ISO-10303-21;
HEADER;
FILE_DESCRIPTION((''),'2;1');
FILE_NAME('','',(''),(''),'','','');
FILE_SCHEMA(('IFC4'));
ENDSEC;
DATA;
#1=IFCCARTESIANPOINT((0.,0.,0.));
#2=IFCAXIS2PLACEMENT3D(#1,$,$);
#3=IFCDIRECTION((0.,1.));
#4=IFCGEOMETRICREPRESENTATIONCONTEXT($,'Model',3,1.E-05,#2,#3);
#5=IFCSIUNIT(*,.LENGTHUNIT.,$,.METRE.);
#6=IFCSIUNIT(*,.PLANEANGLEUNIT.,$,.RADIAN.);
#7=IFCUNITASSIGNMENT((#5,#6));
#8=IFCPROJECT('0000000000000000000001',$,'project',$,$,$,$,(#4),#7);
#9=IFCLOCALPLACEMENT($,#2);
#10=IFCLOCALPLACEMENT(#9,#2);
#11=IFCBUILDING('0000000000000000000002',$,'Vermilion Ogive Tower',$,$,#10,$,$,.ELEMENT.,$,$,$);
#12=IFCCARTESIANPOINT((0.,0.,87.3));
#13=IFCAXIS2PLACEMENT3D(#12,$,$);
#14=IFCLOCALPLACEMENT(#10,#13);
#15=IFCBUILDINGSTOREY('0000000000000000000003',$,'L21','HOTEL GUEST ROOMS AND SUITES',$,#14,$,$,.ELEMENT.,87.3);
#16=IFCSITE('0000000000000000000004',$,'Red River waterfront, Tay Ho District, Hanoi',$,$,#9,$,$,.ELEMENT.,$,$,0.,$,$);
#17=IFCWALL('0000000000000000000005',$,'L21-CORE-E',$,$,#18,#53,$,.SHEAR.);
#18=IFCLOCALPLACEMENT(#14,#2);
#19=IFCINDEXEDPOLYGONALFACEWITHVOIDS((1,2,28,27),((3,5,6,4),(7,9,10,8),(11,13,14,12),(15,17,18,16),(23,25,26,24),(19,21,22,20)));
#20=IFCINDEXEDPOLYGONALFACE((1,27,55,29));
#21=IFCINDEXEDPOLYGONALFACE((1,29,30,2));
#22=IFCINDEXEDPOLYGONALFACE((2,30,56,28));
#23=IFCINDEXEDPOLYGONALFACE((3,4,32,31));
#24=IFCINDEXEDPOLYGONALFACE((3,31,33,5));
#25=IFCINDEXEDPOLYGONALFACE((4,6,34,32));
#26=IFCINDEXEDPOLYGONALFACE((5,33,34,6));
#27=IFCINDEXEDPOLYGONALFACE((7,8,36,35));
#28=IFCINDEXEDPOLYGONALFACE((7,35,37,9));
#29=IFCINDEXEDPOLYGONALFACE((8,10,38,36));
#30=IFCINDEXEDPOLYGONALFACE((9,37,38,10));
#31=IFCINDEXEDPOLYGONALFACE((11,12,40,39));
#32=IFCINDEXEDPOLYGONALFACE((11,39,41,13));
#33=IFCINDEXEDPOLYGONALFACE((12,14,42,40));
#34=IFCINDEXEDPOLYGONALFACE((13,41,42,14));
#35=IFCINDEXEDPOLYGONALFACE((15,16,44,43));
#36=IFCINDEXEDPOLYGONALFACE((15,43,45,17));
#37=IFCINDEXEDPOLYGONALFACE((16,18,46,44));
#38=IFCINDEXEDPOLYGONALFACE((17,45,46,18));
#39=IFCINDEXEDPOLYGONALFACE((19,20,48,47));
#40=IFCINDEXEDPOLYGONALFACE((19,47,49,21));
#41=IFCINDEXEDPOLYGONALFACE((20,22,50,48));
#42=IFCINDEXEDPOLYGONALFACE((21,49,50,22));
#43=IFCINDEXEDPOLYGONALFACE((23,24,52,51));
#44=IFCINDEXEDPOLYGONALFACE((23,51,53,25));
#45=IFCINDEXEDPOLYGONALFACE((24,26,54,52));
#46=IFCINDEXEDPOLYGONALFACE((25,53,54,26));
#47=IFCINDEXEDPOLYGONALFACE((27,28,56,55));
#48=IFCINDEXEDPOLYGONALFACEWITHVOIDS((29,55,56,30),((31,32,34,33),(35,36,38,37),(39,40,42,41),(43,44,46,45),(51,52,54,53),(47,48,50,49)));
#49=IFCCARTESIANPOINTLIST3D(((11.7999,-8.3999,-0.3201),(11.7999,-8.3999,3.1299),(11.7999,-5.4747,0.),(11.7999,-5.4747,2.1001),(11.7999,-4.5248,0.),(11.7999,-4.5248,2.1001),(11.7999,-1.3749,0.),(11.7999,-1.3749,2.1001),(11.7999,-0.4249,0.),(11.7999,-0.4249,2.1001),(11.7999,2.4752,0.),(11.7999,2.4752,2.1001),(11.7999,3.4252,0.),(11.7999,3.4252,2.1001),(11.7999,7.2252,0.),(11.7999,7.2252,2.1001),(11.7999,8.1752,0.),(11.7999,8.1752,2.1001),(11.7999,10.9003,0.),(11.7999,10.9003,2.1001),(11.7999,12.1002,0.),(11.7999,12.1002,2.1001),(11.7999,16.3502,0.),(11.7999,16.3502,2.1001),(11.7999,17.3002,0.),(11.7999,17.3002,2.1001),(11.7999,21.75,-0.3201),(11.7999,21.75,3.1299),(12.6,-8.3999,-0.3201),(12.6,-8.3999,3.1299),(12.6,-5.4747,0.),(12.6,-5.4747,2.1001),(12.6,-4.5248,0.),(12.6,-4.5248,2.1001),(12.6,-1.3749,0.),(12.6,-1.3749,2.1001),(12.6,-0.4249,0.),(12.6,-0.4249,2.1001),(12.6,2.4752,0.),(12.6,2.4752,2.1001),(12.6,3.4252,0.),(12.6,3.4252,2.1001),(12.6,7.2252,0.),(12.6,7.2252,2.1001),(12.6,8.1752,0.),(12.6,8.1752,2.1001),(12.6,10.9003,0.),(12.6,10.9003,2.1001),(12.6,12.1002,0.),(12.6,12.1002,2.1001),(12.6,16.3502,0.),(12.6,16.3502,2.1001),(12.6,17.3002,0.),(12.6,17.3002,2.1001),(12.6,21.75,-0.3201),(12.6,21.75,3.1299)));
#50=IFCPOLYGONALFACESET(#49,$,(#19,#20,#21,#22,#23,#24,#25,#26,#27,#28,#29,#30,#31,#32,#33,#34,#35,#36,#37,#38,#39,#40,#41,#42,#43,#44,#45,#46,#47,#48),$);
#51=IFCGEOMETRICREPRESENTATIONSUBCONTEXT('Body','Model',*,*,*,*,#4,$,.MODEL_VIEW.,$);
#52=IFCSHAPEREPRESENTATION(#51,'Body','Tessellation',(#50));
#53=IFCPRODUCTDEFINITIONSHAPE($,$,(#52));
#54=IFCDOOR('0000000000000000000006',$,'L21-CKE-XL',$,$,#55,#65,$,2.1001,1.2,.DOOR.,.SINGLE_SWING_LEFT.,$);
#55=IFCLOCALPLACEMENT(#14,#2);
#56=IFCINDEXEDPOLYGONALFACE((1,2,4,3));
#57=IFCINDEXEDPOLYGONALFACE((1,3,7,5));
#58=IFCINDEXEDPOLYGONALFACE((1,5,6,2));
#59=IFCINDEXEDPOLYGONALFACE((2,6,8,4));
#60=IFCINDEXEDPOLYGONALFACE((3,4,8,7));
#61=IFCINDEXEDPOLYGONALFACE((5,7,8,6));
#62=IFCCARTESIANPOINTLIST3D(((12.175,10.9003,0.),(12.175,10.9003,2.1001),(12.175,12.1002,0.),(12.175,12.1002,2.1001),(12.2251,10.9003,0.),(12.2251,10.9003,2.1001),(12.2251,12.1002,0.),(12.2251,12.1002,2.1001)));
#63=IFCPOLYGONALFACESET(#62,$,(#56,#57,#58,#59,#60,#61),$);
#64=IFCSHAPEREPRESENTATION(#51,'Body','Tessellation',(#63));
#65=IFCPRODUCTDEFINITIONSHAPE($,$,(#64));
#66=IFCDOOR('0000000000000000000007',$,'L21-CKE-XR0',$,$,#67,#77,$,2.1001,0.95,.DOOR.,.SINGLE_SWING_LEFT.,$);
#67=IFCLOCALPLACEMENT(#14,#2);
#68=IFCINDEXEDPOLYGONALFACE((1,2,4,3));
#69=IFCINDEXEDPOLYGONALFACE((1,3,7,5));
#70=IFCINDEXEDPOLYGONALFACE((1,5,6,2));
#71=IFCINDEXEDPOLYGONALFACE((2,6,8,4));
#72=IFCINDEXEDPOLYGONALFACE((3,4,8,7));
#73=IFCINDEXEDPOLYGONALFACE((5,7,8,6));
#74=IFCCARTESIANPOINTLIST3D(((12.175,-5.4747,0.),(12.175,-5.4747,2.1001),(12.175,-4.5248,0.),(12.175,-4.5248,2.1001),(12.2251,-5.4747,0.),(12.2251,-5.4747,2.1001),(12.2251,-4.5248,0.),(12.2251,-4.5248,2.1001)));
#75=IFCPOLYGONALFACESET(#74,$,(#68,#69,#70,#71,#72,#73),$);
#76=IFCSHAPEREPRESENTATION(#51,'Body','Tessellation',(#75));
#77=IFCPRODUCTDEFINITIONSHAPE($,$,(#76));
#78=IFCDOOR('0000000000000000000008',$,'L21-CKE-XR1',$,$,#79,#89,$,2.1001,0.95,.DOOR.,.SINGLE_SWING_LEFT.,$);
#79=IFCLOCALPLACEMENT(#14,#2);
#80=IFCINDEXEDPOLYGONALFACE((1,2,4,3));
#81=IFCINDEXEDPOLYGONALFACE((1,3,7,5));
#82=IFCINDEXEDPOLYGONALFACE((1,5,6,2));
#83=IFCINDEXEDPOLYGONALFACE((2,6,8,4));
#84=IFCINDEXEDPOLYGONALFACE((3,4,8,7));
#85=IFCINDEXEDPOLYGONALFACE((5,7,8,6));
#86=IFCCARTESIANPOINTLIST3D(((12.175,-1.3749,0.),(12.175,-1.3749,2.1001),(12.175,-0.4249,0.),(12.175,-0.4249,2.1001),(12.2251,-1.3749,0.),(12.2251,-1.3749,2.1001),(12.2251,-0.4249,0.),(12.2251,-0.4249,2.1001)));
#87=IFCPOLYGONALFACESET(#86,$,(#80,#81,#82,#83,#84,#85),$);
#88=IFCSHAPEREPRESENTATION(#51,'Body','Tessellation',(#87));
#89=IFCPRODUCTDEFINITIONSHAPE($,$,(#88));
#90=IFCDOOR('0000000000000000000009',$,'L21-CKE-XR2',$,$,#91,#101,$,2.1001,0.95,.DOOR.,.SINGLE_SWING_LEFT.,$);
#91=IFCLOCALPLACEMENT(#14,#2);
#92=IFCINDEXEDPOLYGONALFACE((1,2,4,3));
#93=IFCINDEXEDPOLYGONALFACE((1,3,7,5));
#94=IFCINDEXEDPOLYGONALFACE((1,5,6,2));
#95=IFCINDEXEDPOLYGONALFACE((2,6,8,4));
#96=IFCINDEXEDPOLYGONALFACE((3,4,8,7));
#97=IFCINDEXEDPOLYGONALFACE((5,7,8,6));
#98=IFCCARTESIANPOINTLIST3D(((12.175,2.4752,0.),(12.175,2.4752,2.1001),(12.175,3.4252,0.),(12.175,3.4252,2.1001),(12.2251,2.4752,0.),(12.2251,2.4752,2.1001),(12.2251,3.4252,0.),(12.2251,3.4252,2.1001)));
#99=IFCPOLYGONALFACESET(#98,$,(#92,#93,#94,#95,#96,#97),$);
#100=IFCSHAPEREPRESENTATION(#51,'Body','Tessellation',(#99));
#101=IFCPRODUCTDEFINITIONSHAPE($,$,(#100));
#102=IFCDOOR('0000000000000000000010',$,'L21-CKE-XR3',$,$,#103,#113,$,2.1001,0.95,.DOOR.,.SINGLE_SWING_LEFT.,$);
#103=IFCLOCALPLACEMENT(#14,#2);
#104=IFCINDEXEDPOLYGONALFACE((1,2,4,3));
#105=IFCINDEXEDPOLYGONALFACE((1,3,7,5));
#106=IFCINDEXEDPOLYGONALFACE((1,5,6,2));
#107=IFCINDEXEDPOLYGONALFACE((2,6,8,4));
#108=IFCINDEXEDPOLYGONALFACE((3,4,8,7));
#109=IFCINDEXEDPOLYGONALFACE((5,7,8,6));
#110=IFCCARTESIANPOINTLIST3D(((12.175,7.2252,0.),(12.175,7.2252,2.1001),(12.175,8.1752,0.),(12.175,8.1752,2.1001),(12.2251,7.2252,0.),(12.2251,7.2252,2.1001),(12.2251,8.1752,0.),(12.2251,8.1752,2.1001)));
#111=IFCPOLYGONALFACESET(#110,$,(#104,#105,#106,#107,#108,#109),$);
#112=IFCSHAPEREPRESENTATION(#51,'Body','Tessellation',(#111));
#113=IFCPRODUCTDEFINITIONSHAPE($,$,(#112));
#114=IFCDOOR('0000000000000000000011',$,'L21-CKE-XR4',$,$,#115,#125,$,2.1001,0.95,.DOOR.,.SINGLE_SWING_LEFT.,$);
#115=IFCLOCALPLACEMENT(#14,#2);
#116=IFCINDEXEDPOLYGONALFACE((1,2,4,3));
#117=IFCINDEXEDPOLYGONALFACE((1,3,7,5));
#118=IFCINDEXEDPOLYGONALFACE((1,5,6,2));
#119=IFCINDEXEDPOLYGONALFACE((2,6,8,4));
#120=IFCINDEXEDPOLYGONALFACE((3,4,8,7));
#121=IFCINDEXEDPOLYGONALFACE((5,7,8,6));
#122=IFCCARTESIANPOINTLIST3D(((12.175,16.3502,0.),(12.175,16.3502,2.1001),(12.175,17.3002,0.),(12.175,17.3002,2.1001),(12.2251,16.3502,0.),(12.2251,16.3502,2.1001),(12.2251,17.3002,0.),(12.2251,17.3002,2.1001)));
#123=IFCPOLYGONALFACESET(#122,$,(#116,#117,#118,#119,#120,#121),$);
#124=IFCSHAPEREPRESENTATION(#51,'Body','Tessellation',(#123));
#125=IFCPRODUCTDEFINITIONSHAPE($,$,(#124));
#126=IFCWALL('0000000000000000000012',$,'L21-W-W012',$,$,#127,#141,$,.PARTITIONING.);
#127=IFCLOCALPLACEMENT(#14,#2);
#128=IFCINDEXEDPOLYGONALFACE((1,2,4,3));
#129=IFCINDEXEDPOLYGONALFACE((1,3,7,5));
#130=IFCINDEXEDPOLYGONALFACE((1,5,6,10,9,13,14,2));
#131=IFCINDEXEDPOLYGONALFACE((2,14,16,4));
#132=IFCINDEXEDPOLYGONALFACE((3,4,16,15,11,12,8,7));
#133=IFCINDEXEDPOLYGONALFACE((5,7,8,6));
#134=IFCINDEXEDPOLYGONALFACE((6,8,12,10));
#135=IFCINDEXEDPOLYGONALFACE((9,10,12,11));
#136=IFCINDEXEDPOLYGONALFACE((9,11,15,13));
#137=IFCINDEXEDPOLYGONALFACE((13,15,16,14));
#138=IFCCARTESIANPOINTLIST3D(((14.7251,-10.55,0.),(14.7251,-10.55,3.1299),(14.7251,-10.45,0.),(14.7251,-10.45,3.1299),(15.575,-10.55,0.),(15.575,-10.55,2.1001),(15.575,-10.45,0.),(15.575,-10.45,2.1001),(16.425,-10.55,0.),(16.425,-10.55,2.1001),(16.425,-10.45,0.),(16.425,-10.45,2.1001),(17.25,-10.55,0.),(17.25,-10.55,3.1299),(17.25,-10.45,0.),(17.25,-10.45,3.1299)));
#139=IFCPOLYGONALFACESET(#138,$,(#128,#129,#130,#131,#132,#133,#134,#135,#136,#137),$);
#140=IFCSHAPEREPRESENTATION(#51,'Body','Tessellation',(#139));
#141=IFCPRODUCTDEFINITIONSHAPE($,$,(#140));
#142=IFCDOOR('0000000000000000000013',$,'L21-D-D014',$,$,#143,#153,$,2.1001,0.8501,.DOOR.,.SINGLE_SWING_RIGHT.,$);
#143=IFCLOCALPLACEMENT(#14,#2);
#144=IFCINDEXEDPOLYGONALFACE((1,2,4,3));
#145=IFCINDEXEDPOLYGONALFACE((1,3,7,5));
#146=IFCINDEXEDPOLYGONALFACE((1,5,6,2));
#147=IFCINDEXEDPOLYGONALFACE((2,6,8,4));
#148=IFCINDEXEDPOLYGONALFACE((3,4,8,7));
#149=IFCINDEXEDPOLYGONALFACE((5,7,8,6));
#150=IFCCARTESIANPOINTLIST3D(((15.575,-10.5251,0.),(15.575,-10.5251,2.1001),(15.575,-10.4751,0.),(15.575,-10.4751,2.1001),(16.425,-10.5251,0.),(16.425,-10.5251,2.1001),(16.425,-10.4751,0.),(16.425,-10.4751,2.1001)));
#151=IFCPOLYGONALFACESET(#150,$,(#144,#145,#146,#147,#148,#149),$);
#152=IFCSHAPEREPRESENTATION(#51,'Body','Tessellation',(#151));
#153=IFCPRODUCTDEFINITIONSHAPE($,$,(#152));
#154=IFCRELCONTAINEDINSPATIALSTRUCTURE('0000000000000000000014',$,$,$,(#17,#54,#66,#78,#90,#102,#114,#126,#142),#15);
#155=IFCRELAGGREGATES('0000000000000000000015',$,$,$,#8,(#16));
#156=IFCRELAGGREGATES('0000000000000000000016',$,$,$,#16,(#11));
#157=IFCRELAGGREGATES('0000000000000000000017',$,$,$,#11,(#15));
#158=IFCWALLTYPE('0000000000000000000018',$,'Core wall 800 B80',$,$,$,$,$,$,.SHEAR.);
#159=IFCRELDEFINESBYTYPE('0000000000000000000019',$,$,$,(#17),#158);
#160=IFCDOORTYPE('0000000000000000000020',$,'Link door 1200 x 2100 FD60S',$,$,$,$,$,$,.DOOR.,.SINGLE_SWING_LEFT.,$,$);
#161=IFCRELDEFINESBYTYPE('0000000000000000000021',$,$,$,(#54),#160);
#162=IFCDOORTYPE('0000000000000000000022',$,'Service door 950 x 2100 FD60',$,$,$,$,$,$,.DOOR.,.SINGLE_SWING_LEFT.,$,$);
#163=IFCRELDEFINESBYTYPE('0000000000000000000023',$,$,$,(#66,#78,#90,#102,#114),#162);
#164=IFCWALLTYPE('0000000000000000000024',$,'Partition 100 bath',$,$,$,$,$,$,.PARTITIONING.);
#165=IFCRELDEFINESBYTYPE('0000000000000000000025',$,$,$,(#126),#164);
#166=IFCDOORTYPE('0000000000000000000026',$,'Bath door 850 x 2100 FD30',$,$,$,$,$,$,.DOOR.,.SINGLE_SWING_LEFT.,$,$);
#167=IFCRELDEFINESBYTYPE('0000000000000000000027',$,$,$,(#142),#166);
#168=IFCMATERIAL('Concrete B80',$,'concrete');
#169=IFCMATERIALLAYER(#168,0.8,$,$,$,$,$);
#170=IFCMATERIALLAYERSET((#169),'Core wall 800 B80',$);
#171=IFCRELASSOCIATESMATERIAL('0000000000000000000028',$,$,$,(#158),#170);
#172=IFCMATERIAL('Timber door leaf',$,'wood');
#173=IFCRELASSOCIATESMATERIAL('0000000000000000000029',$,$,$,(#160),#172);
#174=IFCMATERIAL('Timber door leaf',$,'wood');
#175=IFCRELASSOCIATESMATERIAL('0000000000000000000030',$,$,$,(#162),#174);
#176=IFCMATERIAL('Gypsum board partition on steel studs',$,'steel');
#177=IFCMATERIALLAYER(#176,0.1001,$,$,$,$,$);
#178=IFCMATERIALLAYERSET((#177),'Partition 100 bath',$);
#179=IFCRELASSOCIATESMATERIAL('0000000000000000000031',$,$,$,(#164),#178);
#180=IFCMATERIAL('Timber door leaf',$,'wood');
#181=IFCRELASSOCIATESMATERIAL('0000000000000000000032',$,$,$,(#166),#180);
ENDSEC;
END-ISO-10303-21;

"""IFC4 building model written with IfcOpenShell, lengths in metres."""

from ifc_helpers import new_model, si_unit, direction, frame, frame_2d, origin, place, context, subcontext, project, spatial, rectangle, extrude, material, layer, layer_set, type_object, element, fill, save


model = new_model("IFC4")

# Units and contexts
model_context = context("Model", 3, precision=1e-05, world=origin(), true_north=direction((0.0, 1.0)))
body_context = subcontext(model_context, "Body", "Model", "MODEL_VIEW")
ifc_project = project(units=[si_unit("LENGTHUNIT", "METRE"), si_unit("PLANEANGLEUNIT", "RADIAN")], contexts=[model_context])

# Site, building, storey
site_placement = place(None, origin())
site = spatial("IfcSite", under=ifc_project, at=site_placement, Name="Red River waterfront, Tay Ho District, Hanoi", CompositionType="ELEMENT", RefElevation=0.0)
building_placement = place(site_placement, origin())
building = spatial("IfcBuilding", under=site, at=building_placement, Name="Vermilion Ogive Tower", CompositionType="ELEMENT")
storey_placement = place(building_placement, frame((0.0, 0.0, 87.3)))
storey = spatial("IfcBuildingStorey", under=building, at=storey_placement, Name="L21", Description="HOTEL GUEST ROOMS AND SUITES", CompositionType="ELEMENT", Elevation=87.3)

# Wall, openings, doors
ifc_material_1 = material(Name="Concrete B80", Category="concrete")
ifc_layer_1 = layer(ifc_material_1, 0.8)
ifc_layer_set_1 = layer_set([ifc_layer_1], Name="Core wall 800 B80")
wall_type_1 = type_object("IfcWallType", Name="Core wall 800 B80", PredefinedType="SHEAR", material=ifc_layer_set_1)
wall_1_placement = place(storey_placement, frame((12.2, -8.3999, -0.3201), z_axis=(0.0, 0.0, 1.0), x_axis=(0.0, 1.0, 0.0)))
wall_1 = element("IfcWall", 1, at=wall_1_placement, inside=storey, type_object=wall_type_1, Name="L21-CORE-E", PredefinedType="SHEAR", context=body_context, shape_type="SweptSolid", body=[
    extrude(rectangle(XDim=30.1499, YDim=0.8, at=frame_2d((15.075, 0.0))), origin(), (0.0, 0.0, 1.0), 3.45),
])
opening_1_placement = place(wall_1_placement, frame((2.925, 0.0, 0.3201)))
opening_1 = element("IfcOpeningElement", 2, at=opening_1_placement, cuts=wall_1, PredefinedType="OPENING", context=body_context, shape_type="SweptSolid", body=[
    extrude(rectangle(XDim=0.95, YDim=2.1001, at=frame_2d((0.4751, 1.05))), frame((0.0, 0.4099, 0.0), z_axis=(0.0, -1.0, 0.0), x_axis=(1.0, 0.0, 0.0)), (0.0, 0.0, 1.0), 0.8201),
])
opening_2_placement = place(wall_1_placement, frame((7.0249, 0.0, 0.3201)))
opening_2 = element("IfcOpeningElement", 3, at=opening_2_placement, cuts=wall_1, PredefinedType="OPENING", context=body_context, shape_type="SweptSolid", body=[
    extrude(rectangle(XDim=0.95, YDim=2.1001, at=frame_2d((0.4751, 1.05))), frame((0.0, 0.4099, 0.0), z_axis=(0.0, -1.0, 0.0), x_axis=(1.0, 0.0, 0.0)), (0.0, 0.0, 1.0), 0.8201),
])
opening_3_placement = place(wall_1_placement, frame((10.875, 0.0, 0.3201)))
opening_3 = element("IfcOpeningElement", 4, at=opening_3_placement, cuts=wall_1, PredefinedType="OPENING", context=body_context, shape_type="SweptSolid", body=[
    extrude(rectangle(XDim=0.95, YDim=2.1001, at=frame_2d((0.4751, 1.05))), frame((0.0, 0.4099, 0.0), z_axis=(0.0, -1.0, 0.0), x_axis=(1.0, 0.0, 0.0)), (0.0, 0.0, 1.0), 0.8201),
])
opening_4_placement = place(wall_1_placement, frame((15.625, 0.0, 0.3201)))
opening_4 = element("IfcOpeningElement", 5, at=opening_4_placement, cuts=wall_1, PredefinedType="OPENING", context=body_context, shape_type="SweptSolid", body=[
    extrude(rectangle(XDim=0.95, YDim=2.1001, at=frame_2d((0.4751, 1.05))), frame((0.0, 0.4099, 0.0), z_axis=(0.0, -1.0, 0.0), x_axis=(1.0, 0.0, 0.0)), (0.0, 0.0, 1.0), 0.8201),
])
opening_5_placement = place(wall_1_placement, frame((24.75, 0.0, 0.3201)))
opening_5 = element("IfcOpeningElement", 6, at=opening_5_placement, cuts=wall_1, PredefinedType="OPENING", context=body_context, shape_type="SweptSolid", body=[
    extrude(rectangle(XDim=0.95, YDim=2.1001, at=frame_2d((0.4751, 1.05))), frame((0.0, 0.4099, 0.0), z_axis=(0.0, -1.0, 0.0), x_axis=(1.0, 0.0, 0.0)), (0.0, 0.0, 1.0), 0.8201),
])
opening_6_placement = place(wall_1_placement, frame((19.3, 0.0, 0.3201)))
opening_6 = element("IfcOpeningElement", 7, at=opening_6_placement, cuts=wall_1, PredefinedType="OPENING", context=body_context, shape_type="SweptSolid", body=[
    extrude(rectangle(XDim=1.2, YDim=2.1001, at=frame_2d((0.6001, 1.05))), frame((0.0, 0.4099, 0.0), z_axis=(0.0, -1.0, 0.0), x_axis=(1.0, 0.0, 0.0)), (0.0, 0.0, 1.0), 0.8201),
])
ifc_material_2 = material(Name="Timber door leaf", Category="wood")
door_type_1 = type_object("IfcDoorType", Name="Link door 1200 x 2100 FD60S", OperationType="SINGLE_SWING_LEFT", PredefinedType="DOOR", material=ifc_material_2)
door_1_placement = place(opening_6_placement, origin())
door_1 = element("IfcDoor", 8, at=door_1_placement, inside=storey, type_object=door_type_1, Name="L21-CKE-XL", OperationType="SINGLE_SWING_LEFT", OverallHeight=2.1001, OverallWidth=1.2, PredefinedType="DOOR", context=body_context, shape_type="SweptSolid", body=[
    extrude(rectangle(XDim=1.2, YDim=2.1001, at=frame_2d((0.6001, 1.05))), frame((0.0, 0.0249, 0.0), z_axis=(0.0, -1.0, 0.0), x_axis=(1.0, 0.0, 0.0)), (0.0, 0.0, 1.0), 0.05),
])
fill(opening_6, door_1)
ifc_material_3 = material(Name="Timber door leaf", Category="wood")
door_type_2 = type_object("IfcDoorType", Name="Service door 950 x 2100 FD60", OperationType="SINGLE_SWING_LEFT", PredefinedType="DOOR", material=ifc_material_3)
door_2_placement = place(opening_1_placement, origin())
door_2 = element("IfcDoor", 9, at=door_2_placement, inside=storey, type_object=door_type_2, Name="L21-CKE-XR0", OperationType="SINGLE_SWING_LEFT", OverallHeight=2.1001, OverallWidth=0.95, PredefinedType="DOOR", context=body_context, shape_type="SweptSolid", body=[
    extrude(rectangle(XDim=0.95, YDim=2.1001, at=frame_2d((0.4751, 1.05))), frame((0.0, 0.0249, 0.0), z_axis=(0.0, -1.0, 0.0), x_axis=(1.0, 0.0, 0.0)), (0.0, 0.0, 1.0), 0.05),
])
fill(opening_1, door_2)
door_3_placement = place(opening_2_placement, origin())
door_3 = element("IfcDoor", 10, at=door_3_placement, inside=storey, type_object=door_type_2, Name="L21-CKE-XR1", OperationType="SINGLE_SWING_LEFT", OverallHeight=2.1001, OverallWidth=0.95, PredefinedType="DOOR", context=body_context, shape_type="SweptSolid", body=[
    extrude(rectangle(XDim=0.95, YDim=2.1001, at=frame_2d((0.4751, 1.05))), frame((0.0, 0.0249, 0.0), z_axis=(0.0, -1.0, 0.0), x_axis=(1.0, 0.0, 0.0)), (0.0, 0.0, 1.0), 0.05),
])
fill(opening_2, door_3)
door_4_placement = place(opening_3_placement, origin())
door_4 = element("IfcDoor", 11, at=door_4_placement, inside=storey, type_object=door_type_2, Name="L21-CKE-XR2", OperationType="SINGLE_SWING_LEFT", OverallHeight=2.1001, OverallWidth=0.95, PredefinedType="DOOR", context=body_context, shape_type="SweptSolid", body=[
    extrude(rectangle(XDim=0.95, YDim=2.1001, at=frame_2d((0.4751, 1.05))), frame((0.0, 0.0249, 0.0), z_axis=(0.0, -1.0, 0.0), x_axis=(1.0, 0.0, 0.0)), (0.0, 0.0, 1.0), 0.05),
])
fill(opening_3, door_4)
door_5_placement = place(opening_4_placement, origin())
door_5 = element("IfcDoor", 12, at=door_5_placement, inside=storey, type_object=door_type_2, Name="L21-CKE-XR3", OperationType="SINGLE_SWING_LEFT", OverallHeight=2.1001, OverallWidth=0.95, PredefinedType="DOOR", context=body_context, shape_type="SweptSolid", body=[
    extrude(rectangle(XDim=0.95, YDim=2.1001, at=frame_2d((0.4751, 1.05))), frame((0.0, 0.0249, 0.0), z_axis=(0.0, -1.0, 0.0), x_axis=(1.0, 0.0, 0.0)), (0.0, 0.0, 1.0), 0.05),
])
fill(opening_4, door_5)
door_6_placement = place(opening_5_placement, origin())
door_6 = element("IfcDoor", 13, at=door_6_placement, inside=storey, type_object=door_type_2, Name="L21-CKE-XR4", OperationType="SINGLE_SWING_LEFT", OverallHeight=2.1001, OverallWidth=0.95, PredefinedType="DOOR", context=body_context, shape_type="SweptSolid", body=[
    extrude(rectangle(XDim=0.95, YDim=2.1001, at=frame_2d((0.4751, 1.05))), frame((0.0, 0.0249, 0.0), z_axis=(0.0, -1.0, 0.0), x_axis=(1.0, 0.0, 0.0)), (0.0, 0.0, 1.0), 0.05),
])
fill(opening_5, door_6)

# Wall, opening, door
ifc_material_4 = material(Name="Gypsum board partition on steel studs", Category="steel")
ifc_layer_2 = layer(ifc_material_4, 0.1001)
ifc_layer_set_2 = layer_set([ifc_layer_2], Name="Partition 100 bath")
wall_type_2 = type_object("IfcWallType", Name="Partition 100 bath", PredefinedType="PARTITIONING", material=ifc_layer_set_2)
wall_2_placement = place(storey_placement, frame((14.7251, -10.5, 0.0), z_axis=(0.0, 0.0, 1.0), x_axis=(1.0, 0.0, 0.0)))
wall_2 = element("IfcWall", 14, at=wall_2_placement, inside=storey, type_object=wall_type_2, Name="L21-W-W012", PredefinedType="PARTITIONING", context=body_context, shape_type="SweptSolid", body=[
    extrude(rectangle(XDim=2.5249, YDim=0.1001, at=frame_2d((1.2625, 0.0))), origin(), (0.0, 0.0, 1.0), 3.1299),
])
opening_7_placement = place(wall_2_placement, frame((0.8499, 0.0, 0.0)))
opening_7 = element("IfcOpeningElement", 15, at=opening_7_placement, cuts=wall_2, PredefinedType="OPENING", context=body_context, shape_type="SweptSolid", body=[
    extrude(rectangle(XDim=0.8501, YDim=2.1001, at=frame_2d((0.425, 1.05))), frame((0.0, 0.0601, 0.0), z_axis=(0.0, -1.0, 0.0), x_axis=(1.0, 0.0, 0.0)), (0.0, 0.0, 1.0), 0.1201),
])
ifc_material_5 = material(Name="Timber door leaf", Category="wood")
door_type_3 = type_object("IfcDoorType", Name="Bath door 850 x 2100 FD30", OperationType="SINGLE_SWING_LEFT", PredefinedType="DOOR", material=ifc_material_5)
door_7_placement = place(opening_7_placement, origin())
door_7 = element("IfcDoor", 16, at=door_7_placement, inside=storey, type_object=door_type_3, Name="L21-D-D014", OperationType="SINGLE_SWING_RIGHT", OverallHeight=2.1001, OverallWidth=0.8501, PredefinedType="DOOR", context=body_context, shape_type="SweptSolid", body=[
    extrude(rectangle(XDim=0.8501, YDim=2.1001, at=frame_2d((0.425, 1.05))), frame((0.0, 0.0249, 0.0), z_axis=(0.0, -1.0, 0.0), x_axis=(1.0, 0.0, 0.0)), (0.0, 0.0, 1.0), 0.05),
])
fill(opening_7, door_7)

save(model, "model.ifc")
